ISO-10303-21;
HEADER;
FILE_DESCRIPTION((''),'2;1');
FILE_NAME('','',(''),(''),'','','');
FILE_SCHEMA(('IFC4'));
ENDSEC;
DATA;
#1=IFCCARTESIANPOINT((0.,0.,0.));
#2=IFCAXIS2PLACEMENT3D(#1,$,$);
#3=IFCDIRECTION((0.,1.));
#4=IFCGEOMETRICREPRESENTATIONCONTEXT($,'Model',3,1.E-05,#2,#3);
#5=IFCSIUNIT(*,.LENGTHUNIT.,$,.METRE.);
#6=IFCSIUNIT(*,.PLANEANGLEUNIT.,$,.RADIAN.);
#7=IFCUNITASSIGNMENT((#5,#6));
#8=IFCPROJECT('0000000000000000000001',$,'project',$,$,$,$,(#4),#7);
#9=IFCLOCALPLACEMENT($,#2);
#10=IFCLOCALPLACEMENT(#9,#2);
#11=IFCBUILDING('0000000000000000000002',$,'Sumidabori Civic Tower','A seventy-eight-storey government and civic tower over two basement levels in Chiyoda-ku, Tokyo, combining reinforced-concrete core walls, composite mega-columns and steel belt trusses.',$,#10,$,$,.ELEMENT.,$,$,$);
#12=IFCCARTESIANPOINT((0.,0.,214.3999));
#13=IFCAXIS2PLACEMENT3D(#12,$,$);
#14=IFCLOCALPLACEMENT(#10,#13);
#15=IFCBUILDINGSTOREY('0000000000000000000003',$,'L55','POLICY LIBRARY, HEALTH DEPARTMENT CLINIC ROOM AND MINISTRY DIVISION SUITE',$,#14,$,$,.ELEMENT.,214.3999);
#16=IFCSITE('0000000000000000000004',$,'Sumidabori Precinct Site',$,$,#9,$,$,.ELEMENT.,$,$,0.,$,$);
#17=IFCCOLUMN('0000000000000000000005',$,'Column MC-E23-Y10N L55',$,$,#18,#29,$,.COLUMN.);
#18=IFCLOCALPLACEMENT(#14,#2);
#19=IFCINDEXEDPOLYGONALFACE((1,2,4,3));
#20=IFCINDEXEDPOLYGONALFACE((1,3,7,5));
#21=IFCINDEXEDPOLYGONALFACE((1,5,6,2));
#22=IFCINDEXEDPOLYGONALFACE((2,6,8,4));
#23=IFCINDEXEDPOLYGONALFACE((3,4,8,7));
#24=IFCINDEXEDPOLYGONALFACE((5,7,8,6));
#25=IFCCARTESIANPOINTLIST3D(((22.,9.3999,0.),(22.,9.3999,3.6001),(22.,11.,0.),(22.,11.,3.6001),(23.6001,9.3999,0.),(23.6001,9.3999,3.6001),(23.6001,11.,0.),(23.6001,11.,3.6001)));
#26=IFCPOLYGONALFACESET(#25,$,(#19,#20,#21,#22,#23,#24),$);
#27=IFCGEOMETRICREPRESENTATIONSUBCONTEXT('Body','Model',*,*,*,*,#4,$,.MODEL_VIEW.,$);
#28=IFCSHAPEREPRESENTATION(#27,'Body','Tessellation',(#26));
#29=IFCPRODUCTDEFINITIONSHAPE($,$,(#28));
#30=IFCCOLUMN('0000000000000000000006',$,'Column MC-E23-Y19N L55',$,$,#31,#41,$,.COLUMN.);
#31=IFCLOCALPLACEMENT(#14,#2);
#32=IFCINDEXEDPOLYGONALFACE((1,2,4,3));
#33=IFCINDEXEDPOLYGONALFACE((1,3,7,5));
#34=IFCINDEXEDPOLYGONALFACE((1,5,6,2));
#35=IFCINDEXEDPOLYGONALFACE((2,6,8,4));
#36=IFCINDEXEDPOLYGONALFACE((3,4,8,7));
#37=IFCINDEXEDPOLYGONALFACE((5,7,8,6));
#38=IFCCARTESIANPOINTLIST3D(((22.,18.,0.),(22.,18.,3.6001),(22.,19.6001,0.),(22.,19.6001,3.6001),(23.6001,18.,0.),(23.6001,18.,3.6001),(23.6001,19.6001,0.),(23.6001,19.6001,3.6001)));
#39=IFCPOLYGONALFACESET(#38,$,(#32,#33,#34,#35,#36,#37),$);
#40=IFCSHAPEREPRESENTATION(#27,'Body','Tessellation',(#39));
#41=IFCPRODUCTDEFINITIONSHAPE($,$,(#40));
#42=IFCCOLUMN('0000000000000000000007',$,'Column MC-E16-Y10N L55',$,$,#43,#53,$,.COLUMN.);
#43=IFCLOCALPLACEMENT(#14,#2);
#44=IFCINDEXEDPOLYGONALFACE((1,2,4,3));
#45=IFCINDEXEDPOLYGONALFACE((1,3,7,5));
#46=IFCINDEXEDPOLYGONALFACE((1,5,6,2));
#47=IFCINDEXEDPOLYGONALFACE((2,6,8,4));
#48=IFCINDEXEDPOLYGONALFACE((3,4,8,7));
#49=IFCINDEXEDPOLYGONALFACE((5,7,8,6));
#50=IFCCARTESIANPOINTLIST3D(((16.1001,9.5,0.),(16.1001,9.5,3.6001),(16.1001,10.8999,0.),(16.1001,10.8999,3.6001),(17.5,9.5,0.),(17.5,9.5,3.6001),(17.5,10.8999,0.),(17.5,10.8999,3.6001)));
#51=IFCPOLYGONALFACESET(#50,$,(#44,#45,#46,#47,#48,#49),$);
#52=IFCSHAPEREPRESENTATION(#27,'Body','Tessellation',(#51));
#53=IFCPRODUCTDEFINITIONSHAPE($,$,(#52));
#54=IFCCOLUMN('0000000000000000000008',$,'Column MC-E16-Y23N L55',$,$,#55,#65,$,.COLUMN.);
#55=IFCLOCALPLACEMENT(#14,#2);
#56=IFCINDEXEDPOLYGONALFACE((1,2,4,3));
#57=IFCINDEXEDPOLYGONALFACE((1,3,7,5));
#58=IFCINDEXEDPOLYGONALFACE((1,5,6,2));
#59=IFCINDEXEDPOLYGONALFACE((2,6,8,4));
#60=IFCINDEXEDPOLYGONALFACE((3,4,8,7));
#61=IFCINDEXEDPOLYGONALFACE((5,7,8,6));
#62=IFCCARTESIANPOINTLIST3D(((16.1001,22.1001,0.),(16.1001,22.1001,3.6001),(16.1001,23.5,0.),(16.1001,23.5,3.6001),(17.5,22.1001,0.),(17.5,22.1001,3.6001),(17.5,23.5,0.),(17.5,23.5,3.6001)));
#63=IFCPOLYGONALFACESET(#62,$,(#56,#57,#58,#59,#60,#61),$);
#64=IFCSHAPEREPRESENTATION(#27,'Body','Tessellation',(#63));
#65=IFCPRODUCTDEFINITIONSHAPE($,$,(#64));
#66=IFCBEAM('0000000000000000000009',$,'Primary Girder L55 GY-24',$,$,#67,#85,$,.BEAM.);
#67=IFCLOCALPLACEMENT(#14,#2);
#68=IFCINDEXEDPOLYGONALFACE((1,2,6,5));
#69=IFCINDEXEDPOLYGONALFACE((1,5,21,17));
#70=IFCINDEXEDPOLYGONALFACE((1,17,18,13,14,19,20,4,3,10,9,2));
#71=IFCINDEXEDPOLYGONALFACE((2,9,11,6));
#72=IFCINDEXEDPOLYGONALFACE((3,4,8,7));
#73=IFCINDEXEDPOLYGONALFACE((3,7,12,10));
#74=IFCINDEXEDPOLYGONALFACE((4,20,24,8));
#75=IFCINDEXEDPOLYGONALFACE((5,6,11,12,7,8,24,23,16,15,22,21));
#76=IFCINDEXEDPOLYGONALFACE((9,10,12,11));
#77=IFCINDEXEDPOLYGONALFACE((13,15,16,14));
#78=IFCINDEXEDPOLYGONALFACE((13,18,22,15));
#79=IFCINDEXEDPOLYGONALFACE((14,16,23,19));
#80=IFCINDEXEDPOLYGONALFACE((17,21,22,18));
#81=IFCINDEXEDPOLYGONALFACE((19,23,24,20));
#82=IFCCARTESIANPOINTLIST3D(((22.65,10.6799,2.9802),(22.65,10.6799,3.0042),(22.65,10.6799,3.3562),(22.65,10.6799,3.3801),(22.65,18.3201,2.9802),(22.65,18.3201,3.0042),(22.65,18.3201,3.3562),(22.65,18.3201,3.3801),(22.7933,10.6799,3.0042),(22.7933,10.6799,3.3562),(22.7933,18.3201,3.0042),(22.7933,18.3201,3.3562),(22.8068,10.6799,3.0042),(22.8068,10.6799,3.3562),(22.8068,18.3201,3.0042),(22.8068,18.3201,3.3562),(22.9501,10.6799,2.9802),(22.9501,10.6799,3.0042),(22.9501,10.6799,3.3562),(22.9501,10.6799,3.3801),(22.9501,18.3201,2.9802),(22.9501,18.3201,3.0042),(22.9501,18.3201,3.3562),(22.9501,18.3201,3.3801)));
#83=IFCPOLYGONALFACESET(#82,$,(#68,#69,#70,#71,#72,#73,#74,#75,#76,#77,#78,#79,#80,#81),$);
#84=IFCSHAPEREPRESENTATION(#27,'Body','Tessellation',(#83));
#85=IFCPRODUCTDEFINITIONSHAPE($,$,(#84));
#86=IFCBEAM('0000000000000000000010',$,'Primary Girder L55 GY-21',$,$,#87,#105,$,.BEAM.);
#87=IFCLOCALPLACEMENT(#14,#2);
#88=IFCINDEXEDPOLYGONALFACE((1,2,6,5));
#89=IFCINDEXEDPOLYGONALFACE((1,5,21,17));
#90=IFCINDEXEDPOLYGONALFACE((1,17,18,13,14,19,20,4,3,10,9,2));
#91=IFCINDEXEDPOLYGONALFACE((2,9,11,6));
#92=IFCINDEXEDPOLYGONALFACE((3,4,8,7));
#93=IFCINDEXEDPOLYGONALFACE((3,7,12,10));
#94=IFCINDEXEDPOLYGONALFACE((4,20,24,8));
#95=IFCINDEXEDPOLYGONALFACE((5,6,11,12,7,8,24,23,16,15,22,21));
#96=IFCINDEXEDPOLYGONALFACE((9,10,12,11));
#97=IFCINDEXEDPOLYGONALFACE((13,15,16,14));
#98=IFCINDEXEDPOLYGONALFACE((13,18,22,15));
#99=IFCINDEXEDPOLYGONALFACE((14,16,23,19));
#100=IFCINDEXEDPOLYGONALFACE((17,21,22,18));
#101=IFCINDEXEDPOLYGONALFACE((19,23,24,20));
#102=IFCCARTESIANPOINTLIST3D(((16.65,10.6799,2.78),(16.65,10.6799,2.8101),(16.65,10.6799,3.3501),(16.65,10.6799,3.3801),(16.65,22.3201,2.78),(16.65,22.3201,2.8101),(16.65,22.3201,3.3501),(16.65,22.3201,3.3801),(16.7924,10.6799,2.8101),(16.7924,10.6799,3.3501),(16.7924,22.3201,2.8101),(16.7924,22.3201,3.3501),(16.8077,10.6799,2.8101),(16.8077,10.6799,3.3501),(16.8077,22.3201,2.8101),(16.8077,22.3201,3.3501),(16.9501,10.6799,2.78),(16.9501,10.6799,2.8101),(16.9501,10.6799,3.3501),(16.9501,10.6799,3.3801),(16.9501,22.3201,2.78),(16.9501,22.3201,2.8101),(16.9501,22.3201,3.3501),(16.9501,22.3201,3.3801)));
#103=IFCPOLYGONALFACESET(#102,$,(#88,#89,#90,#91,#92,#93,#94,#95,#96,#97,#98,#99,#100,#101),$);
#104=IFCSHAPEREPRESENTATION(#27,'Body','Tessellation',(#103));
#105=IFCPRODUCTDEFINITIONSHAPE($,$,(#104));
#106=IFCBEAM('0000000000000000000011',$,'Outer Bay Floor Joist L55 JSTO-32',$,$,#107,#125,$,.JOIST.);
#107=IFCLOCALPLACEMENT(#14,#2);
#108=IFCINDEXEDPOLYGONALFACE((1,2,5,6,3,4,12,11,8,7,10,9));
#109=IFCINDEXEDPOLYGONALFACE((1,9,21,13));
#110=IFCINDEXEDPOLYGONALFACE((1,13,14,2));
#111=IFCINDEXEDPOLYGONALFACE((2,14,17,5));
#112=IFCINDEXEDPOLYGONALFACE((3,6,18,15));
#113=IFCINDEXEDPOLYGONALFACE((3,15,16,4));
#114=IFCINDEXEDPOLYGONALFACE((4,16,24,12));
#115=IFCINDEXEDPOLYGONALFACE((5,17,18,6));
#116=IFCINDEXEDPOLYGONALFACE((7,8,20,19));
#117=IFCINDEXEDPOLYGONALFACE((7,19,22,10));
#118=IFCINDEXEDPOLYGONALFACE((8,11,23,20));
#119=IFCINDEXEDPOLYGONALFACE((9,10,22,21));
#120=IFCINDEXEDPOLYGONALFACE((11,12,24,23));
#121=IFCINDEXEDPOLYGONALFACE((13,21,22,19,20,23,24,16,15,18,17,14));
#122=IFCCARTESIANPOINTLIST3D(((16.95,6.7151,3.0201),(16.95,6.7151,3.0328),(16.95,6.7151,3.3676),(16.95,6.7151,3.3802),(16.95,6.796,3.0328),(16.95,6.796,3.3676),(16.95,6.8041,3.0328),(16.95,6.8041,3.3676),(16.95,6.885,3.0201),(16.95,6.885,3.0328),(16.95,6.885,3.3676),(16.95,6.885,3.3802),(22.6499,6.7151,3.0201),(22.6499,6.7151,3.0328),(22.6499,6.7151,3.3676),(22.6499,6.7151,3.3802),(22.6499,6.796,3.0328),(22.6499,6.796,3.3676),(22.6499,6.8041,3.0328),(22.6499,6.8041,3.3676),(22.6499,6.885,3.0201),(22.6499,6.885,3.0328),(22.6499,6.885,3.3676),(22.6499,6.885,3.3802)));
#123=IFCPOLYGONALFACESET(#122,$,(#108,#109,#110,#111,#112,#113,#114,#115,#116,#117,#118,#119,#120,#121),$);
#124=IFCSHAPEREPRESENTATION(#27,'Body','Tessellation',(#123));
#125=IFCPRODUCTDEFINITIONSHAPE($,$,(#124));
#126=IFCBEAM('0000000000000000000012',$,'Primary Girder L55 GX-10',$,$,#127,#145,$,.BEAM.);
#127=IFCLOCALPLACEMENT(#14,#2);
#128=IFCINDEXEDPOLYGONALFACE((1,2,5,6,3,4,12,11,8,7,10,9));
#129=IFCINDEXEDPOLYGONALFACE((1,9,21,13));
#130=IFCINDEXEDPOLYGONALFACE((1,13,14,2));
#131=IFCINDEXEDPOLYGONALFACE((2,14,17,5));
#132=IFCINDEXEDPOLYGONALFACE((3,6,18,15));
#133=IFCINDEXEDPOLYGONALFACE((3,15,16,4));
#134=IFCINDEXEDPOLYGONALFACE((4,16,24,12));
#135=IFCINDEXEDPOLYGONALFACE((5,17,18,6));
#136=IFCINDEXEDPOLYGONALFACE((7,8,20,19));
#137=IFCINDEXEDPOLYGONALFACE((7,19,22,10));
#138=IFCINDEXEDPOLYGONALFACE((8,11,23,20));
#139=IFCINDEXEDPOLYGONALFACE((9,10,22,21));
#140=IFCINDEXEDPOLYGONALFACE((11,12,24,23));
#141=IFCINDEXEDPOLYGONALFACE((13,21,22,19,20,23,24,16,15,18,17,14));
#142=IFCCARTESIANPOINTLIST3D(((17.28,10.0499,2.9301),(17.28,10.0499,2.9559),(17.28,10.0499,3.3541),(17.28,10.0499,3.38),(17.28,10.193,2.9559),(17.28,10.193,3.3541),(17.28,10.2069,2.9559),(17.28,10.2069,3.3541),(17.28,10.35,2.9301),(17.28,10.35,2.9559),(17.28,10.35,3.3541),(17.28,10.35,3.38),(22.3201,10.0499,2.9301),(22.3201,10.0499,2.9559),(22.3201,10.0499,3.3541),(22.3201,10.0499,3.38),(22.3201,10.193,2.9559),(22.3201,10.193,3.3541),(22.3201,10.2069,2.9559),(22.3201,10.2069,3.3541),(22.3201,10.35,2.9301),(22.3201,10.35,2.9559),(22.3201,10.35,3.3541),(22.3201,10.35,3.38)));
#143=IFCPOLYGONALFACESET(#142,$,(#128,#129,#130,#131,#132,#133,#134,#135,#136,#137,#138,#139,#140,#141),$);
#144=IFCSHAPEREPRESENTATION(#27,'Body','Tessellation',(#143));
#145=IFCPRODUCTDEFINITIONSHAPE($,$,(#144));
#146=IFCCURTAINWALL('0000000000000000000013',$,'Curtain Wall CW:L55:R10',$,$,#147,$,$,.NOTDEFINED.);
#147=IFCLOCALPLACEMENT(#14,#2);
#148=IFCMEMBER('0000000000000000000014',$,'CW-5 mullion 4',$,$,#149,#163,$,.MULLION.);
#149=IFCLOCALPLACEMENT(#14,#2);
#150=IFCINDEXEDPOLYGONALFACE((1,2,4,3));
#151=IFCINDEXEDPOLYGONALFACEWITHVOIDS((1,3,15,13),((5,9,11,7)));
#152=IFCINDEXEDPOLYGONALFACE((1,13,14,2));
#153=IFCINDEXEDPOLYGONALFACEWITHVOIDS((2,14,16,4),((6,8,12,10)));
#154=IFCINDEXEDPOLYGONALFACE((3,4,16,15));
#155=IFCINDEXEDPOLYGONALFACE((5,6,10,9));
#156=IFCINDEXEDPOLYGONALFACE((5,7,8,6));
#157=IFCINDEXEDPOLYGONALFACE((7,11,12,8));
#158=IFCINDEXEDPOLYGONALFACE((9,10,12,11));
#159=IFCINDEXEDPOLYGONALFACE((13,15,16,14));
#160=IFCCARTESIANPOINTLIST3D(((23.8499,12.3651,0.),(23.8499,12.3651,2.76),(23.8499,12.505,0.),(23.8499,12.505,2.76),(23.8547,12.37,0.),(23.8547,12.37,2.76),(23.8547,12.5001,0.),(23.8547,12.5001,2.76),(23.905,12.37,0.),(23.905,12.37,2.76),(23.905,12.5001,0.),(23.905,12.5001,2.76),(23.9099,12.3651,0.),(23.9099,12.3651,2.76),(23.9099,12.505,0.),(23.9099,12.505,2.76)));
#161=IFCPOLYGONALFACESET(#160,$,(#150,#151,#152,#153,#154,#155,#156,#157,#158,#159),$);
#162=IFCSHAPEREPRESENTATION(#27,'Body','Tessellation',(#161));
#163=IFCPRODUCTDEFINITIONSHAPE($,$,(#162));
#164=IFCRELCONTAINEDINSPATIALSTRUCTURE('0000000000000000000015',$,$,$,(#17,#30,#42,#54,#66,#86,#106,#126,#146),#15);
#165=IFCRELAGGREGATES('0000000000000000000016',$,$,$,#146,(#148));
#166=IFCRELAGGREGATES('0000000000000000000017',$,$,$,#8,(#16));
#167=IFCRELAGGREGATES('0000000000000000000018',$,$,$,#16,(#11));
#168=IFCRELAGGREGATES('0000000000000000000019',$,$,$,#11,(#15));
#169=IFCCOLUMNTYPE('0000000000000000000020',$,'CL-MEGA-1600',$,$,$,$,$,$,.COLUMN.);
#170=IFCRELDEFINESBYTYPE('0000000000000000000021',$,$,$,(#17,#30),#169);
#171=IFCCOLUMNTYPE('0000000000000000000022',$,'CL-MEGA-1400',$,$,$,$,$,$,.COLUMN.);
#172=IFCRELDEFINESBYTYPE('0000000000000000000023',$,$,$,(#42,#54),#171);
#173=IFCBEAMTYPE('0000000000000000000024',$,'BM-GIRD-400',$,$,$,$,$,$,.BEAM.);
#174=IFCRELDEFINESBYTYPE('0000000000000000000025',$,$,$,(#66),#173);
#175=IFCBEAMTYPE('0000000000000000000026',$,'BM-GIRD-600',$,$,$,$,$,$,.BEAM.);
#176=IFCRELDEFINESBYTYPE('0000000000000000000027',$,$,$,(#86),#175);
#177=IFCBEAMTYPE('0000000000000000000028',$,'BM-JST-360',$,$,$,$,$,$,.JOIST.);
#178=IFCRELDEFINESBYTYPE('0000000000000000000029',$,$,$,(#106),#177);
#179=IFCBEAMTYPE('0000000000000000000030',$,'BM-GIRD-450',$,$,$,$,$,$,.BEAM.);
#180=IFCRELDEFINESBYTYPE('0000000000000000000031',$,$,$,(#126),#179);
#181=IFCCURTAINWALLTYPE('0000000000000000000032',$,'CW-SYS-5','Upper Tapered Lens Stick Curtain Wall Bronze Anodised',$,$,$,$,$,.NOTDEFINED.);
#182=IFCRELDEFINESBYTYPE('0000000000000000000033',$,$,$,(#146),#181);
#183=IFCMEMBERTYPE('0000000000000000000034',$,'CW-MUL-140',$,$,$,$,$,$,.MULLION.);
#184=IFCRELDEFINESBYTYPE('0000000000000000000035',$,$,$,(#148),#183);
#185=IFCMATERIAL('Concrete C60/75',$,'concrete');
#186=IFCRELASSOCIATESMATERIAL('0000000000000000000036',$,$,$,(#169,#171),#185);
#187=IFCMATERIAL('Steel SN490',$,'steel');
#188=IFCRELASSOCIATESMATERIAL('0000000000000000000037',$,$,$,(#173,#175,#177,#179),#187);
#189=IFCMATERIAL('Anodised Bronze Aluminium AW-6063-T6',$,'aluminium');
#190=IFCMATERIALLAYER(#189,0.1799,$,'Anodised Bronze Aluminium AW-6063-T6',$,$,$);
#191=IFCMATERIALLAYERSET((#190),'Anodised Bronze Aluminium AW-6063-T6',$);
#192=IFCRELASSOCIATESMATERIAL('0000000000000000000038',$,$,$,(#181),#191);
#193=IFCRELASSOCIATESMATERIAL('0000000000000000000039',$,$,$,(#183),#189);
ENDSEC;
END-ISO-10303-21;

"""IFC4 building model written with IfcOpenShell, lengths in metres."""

from ifc_helpers import new_model, si_unit, direction, frame, origin, origin_2d, place, context, subcontext, project, spatial, rectangle, hollow_rectangle, i_section, extrude, source, transform, mapped, material, layer, layer_set, material_profile, profile_set, type_object, element, aggregate, save


model = new_model("IFC4")

# Units and contexts
model_context = context("Model", 3, precision=1e-05, world=origin(), true_north=direction((0.0, 1.0)))
body_context = subcontext(model_context, "Body", "Model", "MODEL_VIEW")
ifc_project = project(units=[si_unit("LENGTHUNIT", "METRE"), si_unit("PLANEANGLEUNIT", "RADIAN")], contexts=[model_context])

# Site, building, storey
site_placement = place(None, origin())
site = spatial("IfcSite", under=ifc_project, at=site_placement, Name="Sumidabori Precinct Site", CompositionType="ELEMENT", RefElevation=0.0)
building_placement = place(site_placement, origin())
building = spatial("IfcBuilding", under=site, at=building_placement, Name="Sumidabori Civic Tower", Description="A seventy-eight-storey government and civic tower over two basement levels in Chiyoda-ku, Tokyo, combining reinforced-concrete core walls, composite mega-columns and steel belt trusses.", CompositionType="ELEMENT")
storey_placement = place(building_placement, frame((0.0, 0.0, 214.3999)))
storey = spatial("IfcBuildingStorey", under=building, at=storey_placement, Name="L55", Description="POLICY LIBRARY, HEALTH DEPARTMENT CLINIC ROOM AND MINISTRY DIVISION SUITE", CompositionType="ELEMENT", Elevation=214.3999)

# Columns
ifc_material_1 = material(Name="Concrete C60/75", Category="concrete")
ifc_material_profile_1 = material_profile(ifc_material_1, rectangle(XDim=1.6001, YDim=1.6001, at=origin_2d()), Name="RC 1600x1600")
ifc_profile_set_1 = profile_set([ifc_material_profile_1], Name="Concrete C60/75")
column_type_1 = type_object("IfcColumnType", Name="CL-MEGA-1600", PredefinedType="COLUMN", material=ifc_profile_set_1)
shared_shape_1 = source(origin(), body_context, "Body", "SweptSolid", [
    extrude(rectangle(XDim=1.6001, YDim=1.6001, at=origin_2d()), origin(), (0.0, 0.0, 1.0), 3.6001),
])
for number, where, z_axis, x_axis, name in (
    (1, (22.8, 10.2, 0.0), (0.0, 0.0, 1.0), (1.0, 0.0, 0.0), "Column MC-E23-Y10N L55"),
    (2, (22.8, 18.8, 0.0), (0.0, 0.0, 1.0), (1.0, 0.0, 0.0), "Column MC-E23-Y19N L55"),
):
    element("IfcColumn", number, at=place(storey_placement, frame(where, z_axis=z_axis, x_axis=x_axis)), inside=storey, type_object=column_type_1, Name=name, PredefinedType="COLUMN", context=body_context, shape_type="MappedRepresentation", body=[
        mapped(shared_shape_1, transform((0.0, 0.0, 0.0), x_axis=(1.0, 0.0, 0.0), y_axis=(0.0, 1.0, 0.0), z_axis=(0.0, 0.0, 1.0), scale=1.0)),
    ])
ifc_material_profile_2 = material_profile(ifc_material_1, rectangle(XDim=1.3999, YDim=1.3999, at=origin_2d()), Name="RC 1400x1400")
ifc_profile_set_2 = profile_set([ifc_material_profile_2], Name="Concrete C60/75")
column_type_2 = type_object("IfcColumnType", Name="CL-MEGA-1400", PredefinedType="COLUMN", material=ifc_profile_set_2)
shared_shape_2 = source(origin(), body_context, "Body", "SweptSolid", [
    extrude(rectangle(XDim=1.3999, YDim=1.3999, at=origin_2d()), origin(), (0.0, 0.0, 1.0), 3.6001),
])
for number, where, z_axis, x_axis, name in (
    (3, (16.8, 10.2, 0.0), (0.0, 0.0, 1.0), (1.0, 0.0, 0.0), "Column MC-E16-Y10N L55"),
    (4, (16.8, 22.8, 0.0), (0.0, 0.0, 1.0), (1.0, 0.0, 0.0), "Column MC-E16-Y23N L55"),
):
    element("IfcColumn", number, at=place(storey_placement, frame(where, z_axis=z_axis, x_axis=x_axis)), inside=storey, type_object=column_type_2, Name=name, PredefinedType="COLUMN", context=body_context, shape_type="MappedRepresentation", body=[
        mapped(shared_shape_2, transform((0.0, 0.0, 0.0), x_axis=(1.0, 0.0, 0.0), y_axis=(0.0, 1.0, 0.0), z_axis=(0.0, 0.0, 1.0), scale=1.0)),
    ])

# Beams
ifc_material_2 = material(Name="Steel SN490", Category="steel")
ifc_material_profile_3 = material_profile(ifc_material_2, i_section(OverallWidth=0.3, OverallDepth=0.3999, WebThickness=0.0134, FlangeThickness=0.0239, at=origin_2d()), Name="HE 400 B")
ifc_profile_set_3 = profile_set([ifc_material_profile_3], Name="Steel SN490")
beam_type_1 = type_object("IfcBeamType", Name="BM-GIRD-400", PredefinedType="BEAM", material=ifc_profile_set_3)
shared_shape_3 = source(origin(), body_context, "Body", "SweptSolid", [
    extrude(i_section(OverallWidth=0.3, OverallDepth=0.3999, WebThickness=0.0134, FlangeThickness=0.0239, at=origin_2d()), origin(), (0.0, 0.0, 1.0), 7.6401),
])
beam_1_placement = place(storey_placement, frame((22.8, 10.6799, 3.1802), z_axis=(0.0, 1.0, 0.0), x_axis=(-1.0, 0.0, 0.0)))
element("IfcBeam", 5, at=beam_1_placement, inside=storey, type_object=beam_type_1, Name="Primary Girder L55 GY-24", PredefinedType="BEAM", context=body_context, shape_type="MappedRepresentation", body=[
    mapped(shared_shape_3, transform((0.0, 0.0, 0.0), x_axis=(1.0, 0.0, 0.0), y_axis=(0.0, 1.0, 0.0), z_axis=(0.0, 0.0, 1.0), scale=1.0)),
])
ifc_material_profile_4 = material_profile(ifc_material_2, i_section(OverallWidth=0.3, OverallDepth=0.6001, WebThickness=0.0154, FlangeThickness=0.03, at=origin_2d()), Name="HE 600 B")
ifc_profile_set_4 = profile_set([ifc_material_profile_4], Name="Steel SN490")
beam_type_2 = type_object("IfcBeamType", Name="BM-GIRD-600", PredefinedType="BEAM", material=ifc_profile_set_4)
shared_shape_4 = source(origin(), body_context, "Body", "SweptSolid", [
    extrude(i_section(OverallWidth=0.3, OverallDepth=0.6001, WebThickness=0.0154, FlangeThickness=0.03, at=origin_2d()), origin(), (0.0, 0.0, 1.0), 11.6401),
])
beam_2_placement = place(storey_placement, frame((16.8, 10.6799, 3.0801), z_axis=(0.0, 1.0, 0.0), x_axis=(-1.0, 0.0, 0.0)))
element("IfcBeam", 6, at=beam_2_placement, inside=storey, type_object=beam_type_2, Name="Primary Girder L55 GY-21", PredefinedType="BEAM", context=body_context, shape_type="MappedRepresentation", body=[
    mapped(shared_shape_4, transform((0.0, 0.0, 0.0), x_axis=(1.0, 0.0, 0.0), y_axis=(0.0, 1.0, 0.0), z_axis=(0.0, 0.0, 1.0), scale=1.0)),
])
ifc_material_profile_5 = material_profile(ifc_material_2, i_section(OverallWidth=0.1699, OverallDepth=0.3601, WebThickness=0.0081, FlangeThickness=0.0127, at=origin_2d()), Name="IPE 360")
ifc_profile_set_5 = profile_set([ifc_material_profile_5], Name="Steel SN490")
beam_type_3 = type_object("IfcBeamType", Name="BM-JST-360", PredefinedType="JOIST", material=ifc_profile_set_5)
shared_shape_5 = source(origin(), body_context, "Body", "SweptSolid", [
    extrude(i_section(OverallWidth=0.1699, OverallDepth=0.3601, WebThickness=0.0081, FlangeThickness=0.0127, at=origin_2d()), origin(), (0.0, 0.0, 1.0), 5.7),
])
beam_3_placement = place(storey_placement, frame((16.95, 6.8, 3.2002), z_axis=(1.0, 0.0, 0.0), x_axis=(0.0, 1.0, 0.0)))
element("IfcBeam", 7, at=beam_3_placement, inside=storey, type_object=beam_type_3, Name="Outer Bay Floor Joist L55 JSTO-32", PredefinedType="JOIST", context=body_context, shape_type="MappedRepresentation", body=[
    mapped(shared_shape_5, transform((0.0, 0.0, 0.0), x_axis=(1.0, 0.0, 0.0), y_axis=(0.0, 1.0, 0.0), z_axis=(0.0, 0.0, 1.0), scale=1.0)),
])
ifc_material_profile_6 = material_profile(ifc_material_2, i_section(OverallWidth=0.3, OverallDepth=0.45, WebThickness=0.0139, FlangeThickness=0.0259, at=origin_2d()), Name="HE 450 B")
ifc_profile_set_6 = profile_set([ifc_material_profile_6], Name="Steel SN490")
beam_type_4 = type_object("IfcBeamType", Name="BM-GIRD-450", PredefinedType="BEAM", material=ifc_profile_set_6)
shared_shape_6 = source(origin(), body_context, "Body", "SweptSolid", [
    extrude(i_section(OverallWidth=0.3, OverallDepth=0.45, WebThickness=0.0139, FlangeThickness=0.0259, at=origin_2d()), origin(), (0.0, 0.0, 1.0), 5.04),
])
beam_4_placement = place(storey_placement, frame((17.28, 10.2, 3.155), z_axis=(1.0, 0.0, 0.0), x_axis=(0.0, 1.0, 0.0)))
element("IfcBeam", 8, at=beam_4_placement, inside=storey, type_object=beam_type_4, Name="Primary Girder L55 GX-10", PredefinedType="BEAM", context=body_context, shape_type="MappedRepresentation", body=[
    mapped(shared_shape_6, transform((0.0, 0.0, 0.0), x_axis=(1.0, 0.0, 0.0), y_axis=(0.0, 1.0, 0.0), z_axis=(0.0, 0.0, 1.0), scale=1.0)),
])

# Curtain wall, member
ifc_material_3 = material(Name="Anodised Bronze Aluminium AW-6063-T6", Category="aluminium")
ifc_layer_1 = layer(ifc_material_3, 0.1799, Name="Anodised Bronze Aluminium AW-6063-T6")
ifc_layer_set_1 = layer_set([ifc_layer_1], Name="Anodised Bronze Aluminium AW-6063-T6")
curtain_wall_type = type_object("IfcCurtainWallType", Name="CW-SYS-5", Description="Upper Tapered Lens Stick Curtain Wall Bronze Anodised", PredefinedType="NOTDEFINED", material=ifc_layer_set_1)
curtain_wall_1_placement = place(storey_placement, origin())
curtain_wall_1 = element("IfcCurtainWall", 9, at=curtain_wall_1_placement, inside=storey, type_object=curtain_wall_type, Name="Curtain Wall CW:L55:R10", PredefinedType="NOTDEFINED")
ifc_material_profile_7 = material_profile(ifc_material_3, hollow_rectangle(XDim=0.0601, YDim=0.1399, WallThickness=0.0049, at=origin_2d()), Name="ALU MULLION 140x60")
ifc_profile_set_7 = profile_set([ifc_material_profile_7], Name="Anodised Bronze Aluminium AW-6063-T6")
member_type_1 = type_object("IfcMemberType", Name="CW-MUL-140", PredefinedType="MULLION", material=ifc_profile_set_7)
shared_shape_7 = source(origin(), body_context, "Body", "SweptSolid", [
    extrude(hollow_rectangle(XDim=0.0601, YDim=0.1399, WallThickness=0.0049, at=origin_2d()), origin(), (0.0, 0.0, 1.0), 2.76),
])
member_1_placement = place(storey_placement, frame((23.8799, 12.4351, 0.0), z_axis=(0.0, 0.0, 1.0), x_axis=(-1.0, 0.0, 0.0)))
member_1 = element("IfcMember", 10, at=member_1_placement, type_object=member_type_1, Name="CW-5 mullion 4", PredefinedType="MULLION", context=body_context, shape_type="MappedRepresentation", body=[
    mapped(shared_shape_7, transform((0.0, 0.0, 0.0), x_axis=(1.0, 0.0, 0.0), y_axis=(0.0, 1.0, 0.0), z_axis=(0.0, 0.0, 1.0), scale=1.0)),
])

aggregate(curtain_wall_1, [member_1])

save(model, "model.ifc")
